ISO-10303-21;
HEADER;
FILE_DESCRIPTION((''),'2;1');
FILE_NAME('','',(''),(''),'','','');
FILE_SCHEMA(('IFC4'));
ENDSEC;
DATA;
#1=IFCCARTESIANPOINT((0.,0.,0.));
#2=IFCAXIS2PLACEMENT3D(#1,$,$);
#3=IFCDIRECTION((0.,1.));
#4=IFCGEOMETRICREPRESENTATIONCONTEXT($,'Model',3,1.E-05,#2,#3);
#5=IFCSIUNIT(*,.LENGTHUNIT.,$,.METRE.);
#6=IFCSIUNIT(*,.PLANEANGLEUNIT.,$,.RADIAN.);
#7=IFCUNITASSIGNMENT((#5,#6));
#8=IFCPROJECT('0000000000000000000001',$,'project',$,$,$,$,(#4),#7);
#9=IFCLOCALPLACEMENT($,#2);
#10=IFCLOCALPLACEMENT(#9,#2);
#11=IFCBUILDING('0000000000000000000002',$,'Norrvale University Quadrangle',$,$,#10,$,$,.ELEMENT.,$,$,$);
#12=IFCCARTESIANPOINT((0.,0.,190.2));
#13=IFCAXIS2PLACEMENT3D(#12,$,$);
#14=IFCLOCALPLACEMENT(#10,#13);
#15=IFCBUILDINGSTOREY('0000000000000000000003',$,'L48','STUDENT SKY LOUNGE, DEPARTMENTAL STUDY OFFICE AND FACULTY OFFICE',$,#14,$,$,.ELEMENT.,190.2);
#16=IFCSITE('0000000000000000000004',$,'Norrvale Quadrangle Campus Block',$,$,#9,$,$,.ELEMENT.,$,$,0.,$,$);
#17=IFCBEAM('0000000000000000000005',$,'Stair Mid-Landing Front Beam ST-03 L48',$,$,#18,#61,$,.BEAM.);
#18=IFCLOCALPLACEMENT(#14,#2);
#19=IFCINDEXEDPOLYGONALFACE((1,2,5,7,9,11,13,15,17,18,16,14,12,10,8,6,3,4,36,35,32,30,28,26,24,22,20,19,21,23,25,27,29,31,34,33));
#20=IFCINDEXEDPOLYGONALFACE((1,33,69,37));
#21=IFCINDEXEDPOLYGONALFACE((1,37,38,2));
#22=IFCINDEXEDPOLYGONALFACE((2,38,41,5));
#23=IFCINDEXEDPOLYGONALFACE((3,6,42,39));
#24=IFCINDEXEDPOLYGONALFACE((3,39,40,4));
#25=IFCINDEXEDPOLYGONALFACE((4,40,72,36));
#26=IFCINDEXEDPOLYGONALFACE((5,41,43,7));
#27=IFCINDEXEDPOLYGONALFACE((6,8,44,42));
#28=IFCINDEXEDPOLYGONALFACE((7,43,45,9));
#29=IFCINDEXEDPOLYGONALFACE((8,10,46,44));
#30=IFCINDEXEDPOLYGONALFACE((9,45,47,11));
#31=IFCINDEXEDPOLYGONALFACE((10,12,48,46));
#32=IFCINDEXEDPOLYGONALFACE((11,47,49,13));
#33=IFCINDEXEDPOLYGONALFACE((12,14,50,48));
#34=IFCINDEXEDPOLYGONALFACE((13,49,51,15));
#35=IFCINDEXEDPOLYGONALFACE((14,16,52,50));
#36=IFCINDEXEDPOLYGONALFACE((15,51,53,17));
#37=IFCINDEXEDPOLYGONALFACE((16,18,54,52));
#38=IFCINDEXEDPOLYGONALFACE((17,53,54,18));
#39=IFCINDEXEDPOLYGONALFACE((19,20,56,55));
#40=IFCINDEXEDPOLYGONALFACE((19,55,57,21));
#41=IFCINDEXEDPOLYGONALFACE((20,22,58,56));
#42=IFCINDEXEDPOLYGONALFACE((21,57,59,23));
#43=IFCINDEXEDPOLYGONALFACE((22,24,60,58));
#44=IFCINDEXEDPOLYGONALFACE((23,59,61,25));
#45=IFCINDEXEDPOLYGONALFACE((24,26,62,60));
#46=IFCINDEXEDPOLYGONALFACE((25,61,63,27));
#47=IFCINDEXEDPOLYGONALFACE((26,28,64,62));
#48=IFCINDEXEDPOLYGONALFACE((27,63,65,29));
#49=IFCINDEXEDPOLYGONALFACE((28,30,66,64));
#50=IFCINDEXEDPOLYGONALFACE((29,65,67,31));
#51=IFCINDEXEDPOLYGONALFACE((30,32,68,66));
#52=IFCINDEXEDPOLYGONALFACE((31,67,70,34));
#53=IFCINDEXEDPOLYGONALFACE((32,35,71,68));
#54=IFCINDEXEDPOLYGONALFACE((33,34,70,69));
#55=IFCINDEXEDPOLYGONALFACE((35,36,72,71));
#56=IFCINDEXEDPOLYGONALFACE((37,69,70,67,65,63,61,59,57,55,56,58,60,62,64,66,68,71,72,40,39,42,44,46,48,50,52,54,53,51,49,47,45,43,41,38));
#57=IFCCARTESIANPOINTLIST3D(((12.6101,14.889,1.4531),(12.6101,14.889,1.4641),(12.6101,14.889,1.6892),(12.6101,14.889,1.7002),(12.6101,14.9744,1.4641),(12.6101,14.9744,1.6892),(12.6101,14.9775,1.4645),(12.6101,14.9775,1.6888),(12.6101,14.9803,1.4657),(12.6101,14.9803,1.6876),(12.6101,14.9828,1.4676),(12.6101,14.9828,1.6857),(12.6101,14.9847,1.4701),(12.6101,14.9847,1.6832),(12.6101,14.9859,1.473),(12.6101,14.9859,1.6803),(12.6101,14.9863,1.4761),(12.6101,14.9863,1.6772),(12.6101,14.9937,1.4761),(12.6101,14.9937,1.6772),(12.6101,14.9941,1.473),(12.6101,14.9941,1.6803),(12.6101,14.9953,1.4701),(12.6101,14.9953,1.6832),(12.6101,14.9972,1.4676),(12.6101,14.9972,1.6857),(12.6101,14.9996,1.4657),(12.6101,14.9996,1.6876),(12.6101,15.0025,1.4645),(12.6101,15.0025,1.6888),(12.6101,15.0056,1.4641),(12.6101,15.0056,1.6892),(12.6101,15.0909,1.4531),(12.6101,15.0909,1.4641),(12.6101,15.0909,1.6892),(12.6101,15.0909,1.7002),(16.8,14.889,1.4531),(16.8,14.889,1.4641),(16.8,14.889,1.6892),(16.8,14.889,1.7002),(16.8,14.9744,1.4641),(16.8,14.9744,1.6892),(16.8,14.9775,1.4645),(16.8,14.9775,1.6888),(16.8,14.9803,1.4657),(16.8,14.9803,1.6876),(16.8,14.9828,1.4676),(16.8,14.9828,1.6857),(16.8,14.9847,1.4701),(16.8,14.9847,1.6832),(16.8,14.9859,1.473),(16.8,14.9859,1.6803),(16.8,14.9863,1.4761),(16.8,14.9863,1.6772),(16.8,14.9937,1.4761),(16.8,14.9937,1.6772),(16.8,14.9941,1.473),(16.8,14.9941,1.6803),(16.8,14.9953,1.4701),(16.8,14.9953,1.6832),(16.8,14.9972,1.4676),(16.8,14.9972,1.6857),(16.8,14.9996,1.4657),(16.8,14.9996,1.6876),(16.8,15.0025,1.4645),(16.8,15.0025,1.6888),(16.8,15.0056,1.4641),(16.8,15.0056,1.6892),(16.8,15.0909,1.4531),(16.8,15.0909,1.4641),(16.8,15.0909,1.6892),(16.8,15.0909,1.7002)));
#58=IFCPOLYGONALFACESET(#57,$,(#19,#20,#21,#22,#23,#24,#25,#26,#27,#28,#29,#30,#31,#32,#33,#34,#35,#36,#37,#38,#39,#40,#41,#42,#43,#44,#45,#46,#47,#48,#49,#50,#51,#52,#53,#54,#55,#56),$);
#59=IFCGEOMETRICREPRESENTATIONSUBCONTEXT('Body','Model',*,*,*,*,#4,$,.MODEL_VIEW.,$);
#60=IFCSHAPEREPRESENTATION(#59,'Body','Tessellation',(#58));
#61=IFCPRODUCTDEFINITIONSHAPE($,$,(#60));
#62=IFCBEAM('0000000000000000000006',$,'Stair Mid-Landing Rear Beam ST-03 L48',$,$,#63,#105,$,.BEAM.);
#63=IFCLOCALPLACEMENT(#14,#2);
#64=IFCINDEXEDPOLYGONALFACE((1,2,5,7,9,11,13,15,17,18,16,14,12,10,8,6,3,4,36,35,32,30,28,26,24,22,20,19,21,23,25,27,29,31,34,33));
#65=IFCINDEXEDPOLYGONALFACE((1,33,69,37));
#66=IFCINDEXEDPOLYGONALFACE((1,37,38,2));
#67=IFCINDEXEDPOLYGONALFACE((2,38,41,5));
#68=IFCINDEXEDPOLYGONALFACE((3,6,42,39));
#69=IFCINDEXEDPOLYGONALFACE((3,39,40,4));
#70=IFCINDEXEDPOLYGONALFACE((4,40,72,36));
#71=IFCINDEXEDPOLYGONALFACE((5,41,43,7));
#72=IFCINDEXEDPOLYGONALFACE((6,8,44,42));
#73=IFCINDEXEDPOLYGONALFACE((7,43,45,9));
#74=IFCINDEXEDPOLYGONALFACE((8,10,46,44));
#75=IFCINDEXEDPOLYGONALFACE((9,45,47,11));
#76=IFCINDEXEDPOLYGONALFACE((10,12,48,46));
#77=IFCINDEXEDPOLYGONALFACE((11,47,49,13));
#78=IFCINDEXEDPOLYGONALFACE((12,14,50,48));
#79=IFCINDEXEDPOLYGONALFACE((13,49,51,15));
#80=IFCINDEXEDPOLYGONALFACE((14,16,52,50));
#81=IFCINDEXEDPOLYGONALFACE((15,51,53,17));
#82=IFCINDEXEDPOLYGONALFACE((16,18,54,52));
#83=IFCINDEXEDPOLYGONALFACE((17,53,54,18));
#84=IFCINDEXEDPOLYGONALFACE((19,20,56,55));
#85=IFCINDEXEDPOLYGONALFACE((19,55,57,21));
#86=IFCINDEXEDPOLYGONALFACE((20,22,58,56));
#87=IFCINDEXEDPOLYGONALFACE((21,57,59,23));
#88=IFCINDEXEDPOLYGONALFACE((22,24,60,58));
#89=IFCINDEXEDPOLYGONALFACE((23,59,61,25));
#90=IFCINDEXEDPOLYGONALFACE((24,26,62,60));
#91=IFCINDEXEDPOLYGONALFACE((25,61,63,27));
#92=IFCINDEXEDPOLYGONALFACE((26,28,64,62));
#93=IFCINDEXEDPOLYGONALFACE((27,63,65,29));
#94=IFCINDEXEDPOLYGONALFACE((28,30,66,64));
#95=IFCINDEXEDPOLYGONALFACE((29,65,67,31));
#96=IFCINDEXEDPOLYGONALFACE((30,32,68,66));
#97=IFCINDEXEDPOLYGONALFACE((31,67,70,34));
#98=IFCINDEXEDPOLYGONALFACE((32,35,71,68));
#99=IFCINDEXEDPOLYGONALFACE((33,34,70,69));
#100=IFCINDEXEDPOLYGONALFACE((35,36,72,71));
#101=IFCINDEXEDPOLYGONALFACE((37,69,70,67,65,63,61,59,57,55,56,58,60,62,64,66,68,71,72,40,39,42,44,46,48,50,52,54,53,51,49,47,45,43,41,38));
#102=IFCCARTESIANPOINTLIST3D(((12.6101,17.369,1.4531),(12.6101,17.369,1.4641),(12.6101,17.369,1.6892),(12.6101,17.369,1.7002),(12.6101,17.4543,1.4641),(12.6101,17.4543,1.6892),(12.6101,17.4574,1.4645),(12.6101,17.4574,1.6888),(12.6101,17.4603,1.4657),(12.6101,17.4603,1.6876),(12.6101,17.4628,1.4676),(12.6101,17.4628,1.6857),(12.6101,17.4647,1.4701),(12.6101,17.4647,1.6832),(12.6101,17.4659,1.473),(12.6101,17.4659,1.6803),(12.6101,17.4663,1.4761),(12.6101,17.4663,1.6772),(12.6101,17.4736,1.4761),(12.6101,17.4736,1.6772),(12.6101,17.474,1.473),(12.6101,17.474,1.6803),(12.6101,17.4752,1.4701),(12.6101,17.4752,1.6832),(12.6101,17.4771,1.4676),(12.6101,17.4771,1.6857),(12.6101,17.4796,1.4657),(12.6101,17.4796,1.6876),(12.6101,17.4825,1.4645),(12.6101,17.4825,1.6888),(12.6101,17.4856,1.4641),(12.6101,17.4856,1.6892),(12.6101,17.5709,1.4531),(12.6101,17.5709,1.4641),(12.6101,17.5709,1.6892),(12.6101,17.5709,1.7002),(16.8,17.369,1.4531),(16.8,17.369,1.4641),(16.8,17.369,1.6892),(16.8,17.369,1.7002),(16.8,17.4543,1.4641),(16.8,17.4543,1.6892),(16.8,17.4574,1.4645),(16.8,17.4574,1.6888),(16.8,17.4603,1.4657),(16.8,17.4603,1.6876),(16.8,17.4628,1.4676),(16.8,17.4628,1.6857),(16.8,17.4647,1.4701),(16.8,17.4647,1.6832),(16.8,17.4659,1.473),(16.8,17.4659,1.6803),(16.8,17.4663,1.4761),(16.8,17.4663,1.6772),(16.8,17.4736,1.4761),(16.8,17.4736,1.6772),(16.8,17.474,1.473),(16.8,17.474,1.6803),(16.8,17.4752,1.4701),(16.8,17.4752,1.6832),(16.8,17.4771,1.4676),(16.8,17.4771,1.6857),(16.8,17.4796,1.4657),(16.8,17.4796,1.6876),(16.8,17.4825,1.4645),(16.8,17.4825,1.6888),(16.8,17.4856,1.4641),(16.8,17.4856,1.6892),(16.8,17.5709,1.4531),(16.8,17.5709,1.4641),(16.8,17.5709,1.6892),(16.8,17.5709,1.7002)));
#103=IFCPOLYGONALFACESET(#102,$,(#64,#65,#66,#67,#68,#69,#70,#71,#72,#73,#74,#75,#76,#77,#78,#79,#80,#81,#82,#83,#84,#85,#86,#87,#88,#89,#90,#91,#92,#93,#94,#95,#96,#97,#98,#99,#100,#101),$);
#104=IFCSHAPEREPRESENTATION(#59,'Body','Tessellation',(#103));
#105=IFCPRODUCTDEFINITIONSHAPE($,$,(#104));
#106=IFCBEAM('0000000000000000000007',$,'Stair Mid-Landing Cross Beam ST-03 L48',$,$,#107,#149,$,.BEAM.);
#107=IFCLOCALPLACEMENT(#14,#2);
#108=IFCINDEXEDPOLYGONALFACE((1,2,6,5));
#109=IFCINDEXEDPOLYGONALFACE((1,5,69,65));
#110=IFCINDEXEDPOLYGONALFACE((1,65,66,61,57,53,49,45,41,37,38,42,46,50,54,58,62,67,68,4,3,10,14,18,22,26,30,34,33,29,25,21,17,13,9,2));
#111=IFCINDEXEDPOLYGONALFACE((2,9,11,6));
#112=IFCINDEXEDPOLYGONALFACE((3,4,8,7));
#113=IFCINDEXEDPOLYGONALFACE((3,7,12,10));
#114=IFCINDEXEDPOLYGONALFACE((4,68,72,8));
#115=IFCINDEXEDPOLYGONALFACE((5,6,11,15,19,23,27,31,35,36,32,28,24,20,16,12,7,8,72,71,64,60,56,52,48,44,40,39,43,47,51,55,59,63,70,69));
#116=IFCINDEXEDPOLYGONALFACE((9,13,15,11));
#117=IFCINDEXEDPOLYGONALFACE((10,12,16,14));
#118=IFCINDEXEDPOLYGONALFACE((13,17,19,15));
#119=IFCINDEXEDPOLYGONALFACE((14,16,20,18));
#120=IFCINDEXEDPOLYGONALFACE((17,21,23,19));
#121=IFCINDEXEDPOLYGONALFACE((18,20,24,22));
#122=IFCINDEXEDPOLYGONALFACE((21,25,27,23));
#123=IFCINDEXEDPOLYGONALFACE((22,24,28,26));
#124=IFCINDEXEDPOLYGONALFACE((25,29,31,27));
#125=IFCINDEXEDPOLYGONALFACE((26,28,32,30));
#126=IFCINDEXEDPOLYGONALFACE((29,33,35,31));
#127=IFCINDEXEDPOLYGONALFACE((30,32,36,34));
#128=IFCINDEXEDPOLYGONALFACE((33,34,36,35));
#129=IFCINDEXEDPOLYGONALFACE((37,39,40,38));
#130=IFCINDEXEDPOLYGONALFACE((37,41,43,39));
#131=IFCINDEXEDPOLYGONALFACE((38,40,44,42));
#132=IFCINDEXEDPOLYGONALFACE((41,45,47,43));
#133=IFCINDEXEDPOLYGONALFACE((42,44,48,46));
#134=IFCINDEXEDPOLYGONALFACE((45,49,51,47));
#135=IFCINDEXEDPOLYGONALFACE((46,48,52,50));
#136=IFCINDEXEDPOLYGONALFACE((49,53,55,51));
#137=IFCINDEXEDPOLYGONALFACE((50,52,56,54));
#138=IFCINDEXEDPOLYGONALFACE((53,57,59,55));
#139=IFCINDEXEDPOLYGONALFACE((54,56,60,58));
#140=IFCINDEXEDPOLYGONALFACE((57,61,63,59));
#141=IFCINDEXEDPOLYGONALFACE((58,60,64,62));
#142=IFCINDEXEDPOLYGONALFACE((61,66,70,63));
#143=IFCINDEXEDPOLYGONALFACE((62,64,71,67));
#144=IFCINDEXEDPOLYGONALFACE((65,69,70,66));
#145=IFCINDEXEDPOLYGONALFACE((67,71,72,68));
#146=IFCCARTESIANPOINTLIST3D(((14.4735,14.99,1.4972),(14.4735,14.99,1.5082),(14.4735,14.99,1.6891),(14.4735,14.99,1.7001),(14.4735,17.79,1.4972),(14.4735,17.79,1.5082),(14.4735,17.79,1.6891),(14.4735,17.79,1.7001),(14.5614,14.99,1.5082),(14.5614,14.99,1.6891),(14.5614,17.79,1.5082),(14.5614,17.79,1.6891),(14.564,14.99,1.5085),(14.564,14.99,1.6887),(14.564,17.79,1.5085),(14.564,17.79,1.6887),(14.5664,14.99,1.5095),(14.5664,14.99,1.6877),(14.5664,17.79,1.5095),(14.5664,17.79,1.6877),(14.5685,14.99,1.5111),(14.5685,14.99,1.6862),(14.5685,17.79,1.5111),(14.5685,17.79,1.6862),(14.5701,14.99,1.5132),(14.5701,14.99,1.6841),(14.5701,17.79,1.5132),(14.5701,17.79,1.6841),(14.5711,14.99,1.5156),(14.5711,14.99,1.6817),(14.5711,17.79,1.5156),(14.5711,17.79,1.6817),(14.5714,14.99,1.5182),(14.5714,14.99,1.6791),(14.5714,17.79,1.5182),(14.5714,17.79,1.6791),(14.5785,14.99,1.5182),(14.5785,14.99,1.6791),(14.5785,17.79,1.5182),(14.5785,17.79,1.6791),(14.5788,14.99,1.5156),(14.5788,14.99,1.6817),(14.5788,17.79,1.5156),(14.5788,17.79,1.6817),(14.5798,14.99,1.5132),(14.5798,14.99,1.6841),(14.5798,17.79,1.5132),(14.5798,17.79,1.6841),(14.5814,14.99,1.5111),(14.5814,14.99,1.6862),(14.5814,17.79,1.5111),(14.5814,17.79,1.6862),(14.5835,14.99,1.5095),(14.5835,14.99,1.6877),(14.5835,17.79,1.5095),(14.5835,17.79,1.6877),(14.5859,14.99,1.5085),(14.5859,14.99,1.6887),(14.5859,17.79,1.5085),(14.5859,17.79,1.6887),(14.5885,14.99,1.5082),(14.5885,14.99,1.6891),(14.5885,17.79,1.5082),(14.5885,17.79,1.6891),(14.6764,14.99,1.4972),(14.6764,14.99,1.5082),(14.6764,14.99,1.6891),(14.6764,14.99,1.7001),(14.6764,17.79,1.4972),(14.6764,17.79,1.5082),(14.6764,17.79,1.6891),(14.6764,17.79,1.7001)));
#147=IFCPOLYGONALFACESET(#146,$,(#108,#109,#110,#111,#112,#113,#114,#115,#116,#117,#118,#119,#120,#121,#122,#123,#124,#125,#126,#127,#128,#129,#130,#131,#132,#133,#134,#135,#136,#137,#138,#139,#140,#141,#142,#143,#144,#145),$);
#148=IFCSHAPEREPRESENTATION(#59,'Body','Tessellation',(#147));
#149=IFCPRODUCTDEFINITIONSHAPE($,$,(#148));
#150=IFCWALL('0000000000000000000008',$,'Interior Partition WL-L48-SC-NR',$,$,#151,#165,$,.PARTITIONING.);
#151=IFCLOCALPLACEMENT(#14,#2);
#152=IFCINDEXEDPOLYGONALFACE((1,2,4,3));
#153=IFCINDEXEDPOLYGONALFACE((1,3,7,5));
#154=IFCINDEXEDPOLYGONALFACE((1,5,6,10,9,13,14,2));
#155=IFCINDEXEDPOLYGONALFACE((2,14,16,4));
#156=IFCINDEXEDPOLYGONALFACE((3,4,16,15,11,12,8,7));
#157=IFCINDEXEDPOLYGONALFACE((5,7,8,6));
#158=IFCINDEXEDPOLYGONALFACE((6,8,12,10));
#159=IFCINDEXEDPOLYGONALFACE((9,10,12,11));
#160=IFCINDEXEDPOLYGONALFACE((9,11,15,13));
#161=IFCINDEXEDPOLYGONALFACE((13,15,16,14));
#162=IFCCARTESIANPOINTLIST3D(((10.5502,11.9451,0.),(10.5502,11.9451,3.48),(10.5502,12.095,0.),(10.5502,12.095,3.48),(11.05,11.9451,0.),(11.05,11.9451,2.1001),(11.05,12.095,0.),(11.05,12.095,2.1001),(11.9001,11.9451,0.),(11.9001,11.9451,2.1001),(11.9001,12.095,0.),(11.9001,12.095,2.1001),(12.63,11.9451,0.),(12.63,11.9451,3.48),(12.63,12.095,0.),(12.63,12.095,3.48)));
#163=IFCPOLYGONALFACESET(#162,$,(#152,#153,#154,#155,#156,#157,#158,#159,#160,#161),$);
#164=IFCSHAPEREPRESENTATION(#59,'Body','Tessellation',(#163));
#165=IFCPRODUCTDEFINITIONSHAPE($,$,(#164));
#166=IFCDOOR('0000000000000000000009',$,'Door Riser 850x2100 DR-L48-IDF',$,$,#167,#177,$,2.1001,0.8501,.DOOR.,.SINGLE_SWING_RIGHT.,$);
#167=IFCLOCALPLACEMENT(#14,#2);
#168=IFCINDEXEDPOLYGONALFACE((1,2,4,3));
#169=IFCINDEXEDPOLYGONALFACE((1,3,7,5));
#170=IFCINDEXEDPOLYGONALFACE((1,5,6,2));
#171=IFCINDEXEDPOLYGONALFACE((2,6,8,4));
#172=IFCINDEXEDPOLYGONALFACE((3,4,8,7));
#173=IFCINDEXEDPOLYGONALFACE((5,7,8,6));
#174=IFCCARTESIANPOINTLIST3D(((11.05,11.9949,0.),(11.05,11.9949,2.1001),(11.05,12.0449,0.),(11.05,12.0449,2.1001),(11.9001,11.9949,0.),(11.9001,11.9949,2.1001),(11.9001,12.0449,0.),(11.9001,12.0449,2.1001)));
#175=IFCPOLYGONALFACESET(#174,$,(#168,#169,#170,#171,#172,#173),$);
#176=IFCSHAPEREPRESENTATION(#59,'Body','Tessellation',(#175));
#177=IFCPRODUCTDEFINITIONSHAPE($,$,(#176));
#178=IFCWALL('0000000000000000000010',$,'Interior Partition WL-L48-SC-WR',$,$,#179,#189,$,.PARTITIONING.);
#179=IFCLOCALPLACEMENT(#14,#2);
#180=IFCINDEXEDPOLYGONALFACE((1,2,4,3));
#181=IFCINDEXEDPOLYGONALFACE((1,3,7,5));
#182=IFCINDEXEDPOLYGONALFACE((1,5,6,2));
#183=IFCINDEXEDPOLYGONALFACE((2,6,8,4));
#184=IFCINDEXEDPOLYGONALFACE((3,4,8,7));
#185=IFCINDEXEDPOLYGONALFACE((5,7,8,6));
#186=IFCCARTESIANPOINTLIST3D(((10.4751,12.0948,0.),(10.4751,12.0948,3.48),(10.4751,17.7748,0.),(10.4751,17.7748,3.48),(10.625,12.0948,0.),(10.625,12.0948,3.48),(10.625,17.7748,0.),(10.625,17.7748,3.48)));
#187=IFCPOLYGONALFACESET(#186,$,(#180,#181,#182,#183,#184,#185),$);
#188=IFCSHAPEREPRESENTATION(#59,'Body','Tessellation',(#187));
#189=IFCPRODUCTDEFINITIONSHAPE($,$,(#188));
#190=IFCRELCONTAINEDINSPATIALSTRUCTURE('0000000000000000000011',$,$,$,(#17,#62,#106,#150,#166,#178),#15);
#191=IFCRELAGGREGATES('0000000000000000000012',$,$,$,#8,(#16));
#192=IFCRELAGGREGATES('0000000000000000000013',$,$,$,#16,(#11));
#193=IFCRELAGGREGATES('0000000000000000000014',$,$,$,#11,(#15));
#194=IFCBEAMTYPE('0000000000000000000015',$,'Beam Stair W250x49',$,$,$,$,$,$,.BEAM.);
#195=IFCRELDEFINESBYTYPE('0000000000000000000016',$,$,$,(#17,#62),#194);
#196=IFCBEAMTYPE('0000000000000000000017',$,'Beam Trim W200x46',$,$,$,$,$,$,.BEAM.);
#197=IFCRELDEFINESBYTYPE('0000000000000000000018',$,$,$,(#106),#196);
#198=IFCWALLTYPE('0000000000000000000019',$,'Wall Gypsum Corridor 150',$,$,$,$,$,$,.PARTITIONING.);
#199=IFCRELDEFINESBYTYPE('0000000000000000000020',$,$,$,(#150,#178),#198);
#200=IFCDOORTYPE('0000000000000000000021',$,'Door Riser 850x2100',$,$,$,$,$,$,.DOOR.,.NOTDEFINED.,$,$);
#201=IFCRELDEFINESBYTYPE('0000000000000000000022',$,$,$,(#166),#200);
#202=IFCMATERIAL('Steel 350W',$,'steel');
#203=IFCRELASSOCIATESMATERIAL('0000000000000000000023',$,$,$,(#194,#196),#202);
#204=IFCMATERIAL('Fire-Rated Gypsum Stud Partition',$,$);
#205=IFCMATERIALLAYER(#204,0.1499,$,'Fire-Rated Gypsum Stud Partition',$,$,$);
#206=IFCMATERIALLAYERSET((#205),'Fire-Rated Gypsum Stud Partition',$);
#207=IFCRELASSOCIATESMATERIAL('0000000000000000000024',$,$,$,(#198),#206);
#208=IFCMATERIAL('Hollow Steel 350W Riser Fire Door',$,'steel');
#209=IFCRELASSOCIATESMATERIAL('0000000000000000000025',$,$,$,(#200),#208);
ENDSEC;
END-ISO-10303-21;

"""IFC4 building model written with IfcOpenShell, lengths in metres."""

from ifc_helpers import new_model, si_unit, direction, frame, frame_2d, origin, origin_2d, place, context, subcontext, project, spatial, rectangle, i_section, extrude, material, layer, layer_set, material_profile, profile_set, type_object, element, fill, save


model = new_model("IFC4")

# Units and contexts
model_context = context("Model", 3, precision=1e-05, world=origin(), true_north=direction((0.0, 1.0)))
body_context = subcontext(model_context, "Body", "Model", "MODEL_VIEW")
ifc_project = project(units=[si_unit("LENGTHUNIT", "METRE"), si_unit("PLANEANGLEUNIT", "RADIAN")], contexts=[model_context])

# Site, building, storey
site_placement = place(None, origin())
site = spatial("IfcSite", under=ifc_project, at=site_placement, Name="Norrvale Quadrangle Campus Block", CompositionType="ELEMENT", RefElevation=0.0)
building_placement = place(site_placement, origin())
building = spatial("IfcBuilding", under=site, at=building_placement, Name="Norrvale University Quadrangle", CompositionType="ELEMENT")
storey_placement = place(building_placement, frame((0.0, 0.0, 190.2)))
storey = spatial("IfcBuildingStorey", under=building, at=storey_placement, Name="L48", Description="STUDENT SKY LOUNGE, DEPARTMENTAL STUDY OFFICE AND FACULTY OFFICE", CompositionType="ELEMENT", Elevation=190.2)

# Beams
ifc_material_1 = material(Name="Steel 350W", Category="steel")
ifc_material_profile_1 = material_profile(ifc_material_1, i_section(OverallWidth=0.2019, OverallDepth=0.2471, WebThickness=0.0073, FlangeThickness=0.011, FilletRadius=0.012, at=origin_2d()), Name="Steel 350W")
ifc_profile_set_1 = profile_set([ifc_material_profile_1], Name="Steel 350W")
beam_type_1 = type_object("IfcBeamType", Name="Beam Stair W250x49", PredefinedType="BEAM", material=ifc_profile_set_1)
for number, where, z_axis, x_axis, name in (
    (1, (12.6101, 14.99, 1.5767), (1.0, 0.0, 0.0), (0.0, 1.0, 0.0), "Stair Mid-Landing Front Beam ST-03 L48"),
    (2, (12.6101, 17.47, 1.5767), (1.0, 0.0, 0.0), (0.0, 1.0, 0.0), "Stair Mid-Landing Rear Beam ST-03 L48"),
):
    element("IfcBeam", number, at=place(storey_placement, frame(where, z_axis=z_axis, x_axis=x_axis)), inside=storey, type_object=beam_type_1, Name=name, PredefinedType="BEAM", context=body_context, shape_type="SweptSolid", body=[
        extrude(i_section(OverallWidth=0.2019, OverallDepth=0.2471, WebThickness=0.0073, FlangeThickness=0.011, FilletRadius=0.012, at=origin_2d()), origin(), (0.0, 0.0, 1.0), 4.1899),
    ])
ifc_material_profile_2 = material_profile(ifc_material_1, i_section(OverallWidth=0.2029, OverallDepth=0.2029, WebThickness=0.0071, FlangeThickness=0.011, FilletRadius=0.01, at=origin_2d()), Name="Steel 350W")
ifc_profile_set_2 = profile_set([ifc_material_profile_2], Name="Steel 350W")
beam_type_2 = type_object("IfcBeamType", Name="Beam Trim W200x46", PredefinedType="BEAM", material=ifc_profile_set_2)
beam_placement = place(storey_placement, frame((14.575, 14.99, 1.5986), z_axis=(0.0, 1.0, 0.0), x_axis=(-1.0, 0.0, 0.0)))
element("IfcBeam", 3, at=beam_placement, inside=storey, type_object=beam_type_2, Name="Stair Mid-Landing Cross Beam ST-03 L48", PredefinedType="BEAM", context=body_context, shape_type="SweptSolid", body=[
    extrude(i_section(OverallWidth=0.2029, OverallDepth=0.2029, WebThickness=0.0071, FlangeThickness=0.011, FilletRadius=0.01, at=origin_2d()), origin(), (0.0, 0.0, 1.0), 2.8),
])

# Wall, opening, door
ifc_material_2 = material(Name="Fire-Rated Gypsum Stud Partition")
ifc_layer_1 = layer(ifc_material_2, 0.1499, Name="Fire-Rated Gypsum Stud Partition")
ifc_layer_set_1 = layer_set([ifc_layer_1], Name="Fire-Rated Gypsum Stud Partition")
wall_type_1 = type_object("IfcWallType", Name="Wall Gypsum Corridor 150", PredefinedType="PARTITIONING", material=ifc_layer_set_1)
wall_1_placement = place(storey_placement, frame((10.55, 12.02, 0.0), z_axis=(0.0, 0.0, 1.0), x_axis=(1.0, 0.0, 0.0)))
wall_1 = element("IfcWall", 4, at=wall_1_placement, inside=storey, type_object=wall_type_1, Name="Interior Partition WL-L48-SC-NR", PredefinedType="PARTITIONING", context=body_context, shape_type="SweptSolid", body=[
    extrude(rectangle(XDim=2.0798, YDim=0.1499, at=frame_2d((1.04, 0.0))), origin(), (0.0, 0.0, 1.0), 3.48),
])
opening_1_placement = place(wall_1_placement, frame((0.5, 0.0, 0.0)))
opening_1 = element("IfcOpeningElement", 5, at=opening_1_placement, cuts=wall_1, PredefinedType="OPENING", context=body_context, shape_type="SweptSolid", body=[
    extrude(rectangle(XDim=0.8501, YDim=2.1001, at=frame_2d((0.425, 1.05))), frame((0.0, 0.0869, 0.0), z_axis=(0.0, -1.0, 0.0), x_axis=(1.0, 0.0, 0.0)), (0.0, 0.0, 1.0), 0.1738),
])
ifc_material_3 = material(Name="Hollow Steel 350W Riser Fire Door", Category="steel")
door_type_1 = type_object("IfcDoorType", Name="Door Riser 850x2100", OperationType="NOTDEFINED", PredefinedType="DOOR", material=ifc_material_3)
door_1_placement = place(opening_1_placement, origin())
door_1 = element("IfcDoor", 6, at=door_1_placement, inside=storey, type_object=door_type_1, Name="Door Riser 850x2100 DR-L48-IDF", OperationType="SINGLE_SWING_RIGHT", OverallHeight=2.1001, OverallWidth=0.8501, PredefinedType="DOOR", context=body_context, shape_type="SweptSolid", body=[
    extrude(rectangle(XDim=0.8501, YDim=2.1001, at=frame_2d((0.425, 1.05))), frame((0.0, 0.0249, 0.0), z_axis=(0.0, -1.0, 0.0), x_axis=(1.0, 0.0, 0.0)), (0.0, 0.0, 1.0), 0.05),
])
fill(opening_1, door_1)

# Wall
wall_2_placement = place(storey_placement, frame((10.55, 12.095, 0.0), z_axis=(0.0, 0.0, 1.0), x_axis=(0.0, 1.0, 0.0)))
element("IfcWall", 7, at=wall_2_placement, inside=storey, type_object=wall_type_1, Name="Interior Partition WL-L48-SC-WR", PredefinedType="PARTITIONING", context=body_context, shape_type="SweptSolid", body=[
    extrude(rectangle(XDim=5.6799, YDim=0.1499, at=frame_2d((2.8398, 0.0))), origin(), (0.0, 0.0, 1.0), 3.48),
])

save(model, "model.ifc")
